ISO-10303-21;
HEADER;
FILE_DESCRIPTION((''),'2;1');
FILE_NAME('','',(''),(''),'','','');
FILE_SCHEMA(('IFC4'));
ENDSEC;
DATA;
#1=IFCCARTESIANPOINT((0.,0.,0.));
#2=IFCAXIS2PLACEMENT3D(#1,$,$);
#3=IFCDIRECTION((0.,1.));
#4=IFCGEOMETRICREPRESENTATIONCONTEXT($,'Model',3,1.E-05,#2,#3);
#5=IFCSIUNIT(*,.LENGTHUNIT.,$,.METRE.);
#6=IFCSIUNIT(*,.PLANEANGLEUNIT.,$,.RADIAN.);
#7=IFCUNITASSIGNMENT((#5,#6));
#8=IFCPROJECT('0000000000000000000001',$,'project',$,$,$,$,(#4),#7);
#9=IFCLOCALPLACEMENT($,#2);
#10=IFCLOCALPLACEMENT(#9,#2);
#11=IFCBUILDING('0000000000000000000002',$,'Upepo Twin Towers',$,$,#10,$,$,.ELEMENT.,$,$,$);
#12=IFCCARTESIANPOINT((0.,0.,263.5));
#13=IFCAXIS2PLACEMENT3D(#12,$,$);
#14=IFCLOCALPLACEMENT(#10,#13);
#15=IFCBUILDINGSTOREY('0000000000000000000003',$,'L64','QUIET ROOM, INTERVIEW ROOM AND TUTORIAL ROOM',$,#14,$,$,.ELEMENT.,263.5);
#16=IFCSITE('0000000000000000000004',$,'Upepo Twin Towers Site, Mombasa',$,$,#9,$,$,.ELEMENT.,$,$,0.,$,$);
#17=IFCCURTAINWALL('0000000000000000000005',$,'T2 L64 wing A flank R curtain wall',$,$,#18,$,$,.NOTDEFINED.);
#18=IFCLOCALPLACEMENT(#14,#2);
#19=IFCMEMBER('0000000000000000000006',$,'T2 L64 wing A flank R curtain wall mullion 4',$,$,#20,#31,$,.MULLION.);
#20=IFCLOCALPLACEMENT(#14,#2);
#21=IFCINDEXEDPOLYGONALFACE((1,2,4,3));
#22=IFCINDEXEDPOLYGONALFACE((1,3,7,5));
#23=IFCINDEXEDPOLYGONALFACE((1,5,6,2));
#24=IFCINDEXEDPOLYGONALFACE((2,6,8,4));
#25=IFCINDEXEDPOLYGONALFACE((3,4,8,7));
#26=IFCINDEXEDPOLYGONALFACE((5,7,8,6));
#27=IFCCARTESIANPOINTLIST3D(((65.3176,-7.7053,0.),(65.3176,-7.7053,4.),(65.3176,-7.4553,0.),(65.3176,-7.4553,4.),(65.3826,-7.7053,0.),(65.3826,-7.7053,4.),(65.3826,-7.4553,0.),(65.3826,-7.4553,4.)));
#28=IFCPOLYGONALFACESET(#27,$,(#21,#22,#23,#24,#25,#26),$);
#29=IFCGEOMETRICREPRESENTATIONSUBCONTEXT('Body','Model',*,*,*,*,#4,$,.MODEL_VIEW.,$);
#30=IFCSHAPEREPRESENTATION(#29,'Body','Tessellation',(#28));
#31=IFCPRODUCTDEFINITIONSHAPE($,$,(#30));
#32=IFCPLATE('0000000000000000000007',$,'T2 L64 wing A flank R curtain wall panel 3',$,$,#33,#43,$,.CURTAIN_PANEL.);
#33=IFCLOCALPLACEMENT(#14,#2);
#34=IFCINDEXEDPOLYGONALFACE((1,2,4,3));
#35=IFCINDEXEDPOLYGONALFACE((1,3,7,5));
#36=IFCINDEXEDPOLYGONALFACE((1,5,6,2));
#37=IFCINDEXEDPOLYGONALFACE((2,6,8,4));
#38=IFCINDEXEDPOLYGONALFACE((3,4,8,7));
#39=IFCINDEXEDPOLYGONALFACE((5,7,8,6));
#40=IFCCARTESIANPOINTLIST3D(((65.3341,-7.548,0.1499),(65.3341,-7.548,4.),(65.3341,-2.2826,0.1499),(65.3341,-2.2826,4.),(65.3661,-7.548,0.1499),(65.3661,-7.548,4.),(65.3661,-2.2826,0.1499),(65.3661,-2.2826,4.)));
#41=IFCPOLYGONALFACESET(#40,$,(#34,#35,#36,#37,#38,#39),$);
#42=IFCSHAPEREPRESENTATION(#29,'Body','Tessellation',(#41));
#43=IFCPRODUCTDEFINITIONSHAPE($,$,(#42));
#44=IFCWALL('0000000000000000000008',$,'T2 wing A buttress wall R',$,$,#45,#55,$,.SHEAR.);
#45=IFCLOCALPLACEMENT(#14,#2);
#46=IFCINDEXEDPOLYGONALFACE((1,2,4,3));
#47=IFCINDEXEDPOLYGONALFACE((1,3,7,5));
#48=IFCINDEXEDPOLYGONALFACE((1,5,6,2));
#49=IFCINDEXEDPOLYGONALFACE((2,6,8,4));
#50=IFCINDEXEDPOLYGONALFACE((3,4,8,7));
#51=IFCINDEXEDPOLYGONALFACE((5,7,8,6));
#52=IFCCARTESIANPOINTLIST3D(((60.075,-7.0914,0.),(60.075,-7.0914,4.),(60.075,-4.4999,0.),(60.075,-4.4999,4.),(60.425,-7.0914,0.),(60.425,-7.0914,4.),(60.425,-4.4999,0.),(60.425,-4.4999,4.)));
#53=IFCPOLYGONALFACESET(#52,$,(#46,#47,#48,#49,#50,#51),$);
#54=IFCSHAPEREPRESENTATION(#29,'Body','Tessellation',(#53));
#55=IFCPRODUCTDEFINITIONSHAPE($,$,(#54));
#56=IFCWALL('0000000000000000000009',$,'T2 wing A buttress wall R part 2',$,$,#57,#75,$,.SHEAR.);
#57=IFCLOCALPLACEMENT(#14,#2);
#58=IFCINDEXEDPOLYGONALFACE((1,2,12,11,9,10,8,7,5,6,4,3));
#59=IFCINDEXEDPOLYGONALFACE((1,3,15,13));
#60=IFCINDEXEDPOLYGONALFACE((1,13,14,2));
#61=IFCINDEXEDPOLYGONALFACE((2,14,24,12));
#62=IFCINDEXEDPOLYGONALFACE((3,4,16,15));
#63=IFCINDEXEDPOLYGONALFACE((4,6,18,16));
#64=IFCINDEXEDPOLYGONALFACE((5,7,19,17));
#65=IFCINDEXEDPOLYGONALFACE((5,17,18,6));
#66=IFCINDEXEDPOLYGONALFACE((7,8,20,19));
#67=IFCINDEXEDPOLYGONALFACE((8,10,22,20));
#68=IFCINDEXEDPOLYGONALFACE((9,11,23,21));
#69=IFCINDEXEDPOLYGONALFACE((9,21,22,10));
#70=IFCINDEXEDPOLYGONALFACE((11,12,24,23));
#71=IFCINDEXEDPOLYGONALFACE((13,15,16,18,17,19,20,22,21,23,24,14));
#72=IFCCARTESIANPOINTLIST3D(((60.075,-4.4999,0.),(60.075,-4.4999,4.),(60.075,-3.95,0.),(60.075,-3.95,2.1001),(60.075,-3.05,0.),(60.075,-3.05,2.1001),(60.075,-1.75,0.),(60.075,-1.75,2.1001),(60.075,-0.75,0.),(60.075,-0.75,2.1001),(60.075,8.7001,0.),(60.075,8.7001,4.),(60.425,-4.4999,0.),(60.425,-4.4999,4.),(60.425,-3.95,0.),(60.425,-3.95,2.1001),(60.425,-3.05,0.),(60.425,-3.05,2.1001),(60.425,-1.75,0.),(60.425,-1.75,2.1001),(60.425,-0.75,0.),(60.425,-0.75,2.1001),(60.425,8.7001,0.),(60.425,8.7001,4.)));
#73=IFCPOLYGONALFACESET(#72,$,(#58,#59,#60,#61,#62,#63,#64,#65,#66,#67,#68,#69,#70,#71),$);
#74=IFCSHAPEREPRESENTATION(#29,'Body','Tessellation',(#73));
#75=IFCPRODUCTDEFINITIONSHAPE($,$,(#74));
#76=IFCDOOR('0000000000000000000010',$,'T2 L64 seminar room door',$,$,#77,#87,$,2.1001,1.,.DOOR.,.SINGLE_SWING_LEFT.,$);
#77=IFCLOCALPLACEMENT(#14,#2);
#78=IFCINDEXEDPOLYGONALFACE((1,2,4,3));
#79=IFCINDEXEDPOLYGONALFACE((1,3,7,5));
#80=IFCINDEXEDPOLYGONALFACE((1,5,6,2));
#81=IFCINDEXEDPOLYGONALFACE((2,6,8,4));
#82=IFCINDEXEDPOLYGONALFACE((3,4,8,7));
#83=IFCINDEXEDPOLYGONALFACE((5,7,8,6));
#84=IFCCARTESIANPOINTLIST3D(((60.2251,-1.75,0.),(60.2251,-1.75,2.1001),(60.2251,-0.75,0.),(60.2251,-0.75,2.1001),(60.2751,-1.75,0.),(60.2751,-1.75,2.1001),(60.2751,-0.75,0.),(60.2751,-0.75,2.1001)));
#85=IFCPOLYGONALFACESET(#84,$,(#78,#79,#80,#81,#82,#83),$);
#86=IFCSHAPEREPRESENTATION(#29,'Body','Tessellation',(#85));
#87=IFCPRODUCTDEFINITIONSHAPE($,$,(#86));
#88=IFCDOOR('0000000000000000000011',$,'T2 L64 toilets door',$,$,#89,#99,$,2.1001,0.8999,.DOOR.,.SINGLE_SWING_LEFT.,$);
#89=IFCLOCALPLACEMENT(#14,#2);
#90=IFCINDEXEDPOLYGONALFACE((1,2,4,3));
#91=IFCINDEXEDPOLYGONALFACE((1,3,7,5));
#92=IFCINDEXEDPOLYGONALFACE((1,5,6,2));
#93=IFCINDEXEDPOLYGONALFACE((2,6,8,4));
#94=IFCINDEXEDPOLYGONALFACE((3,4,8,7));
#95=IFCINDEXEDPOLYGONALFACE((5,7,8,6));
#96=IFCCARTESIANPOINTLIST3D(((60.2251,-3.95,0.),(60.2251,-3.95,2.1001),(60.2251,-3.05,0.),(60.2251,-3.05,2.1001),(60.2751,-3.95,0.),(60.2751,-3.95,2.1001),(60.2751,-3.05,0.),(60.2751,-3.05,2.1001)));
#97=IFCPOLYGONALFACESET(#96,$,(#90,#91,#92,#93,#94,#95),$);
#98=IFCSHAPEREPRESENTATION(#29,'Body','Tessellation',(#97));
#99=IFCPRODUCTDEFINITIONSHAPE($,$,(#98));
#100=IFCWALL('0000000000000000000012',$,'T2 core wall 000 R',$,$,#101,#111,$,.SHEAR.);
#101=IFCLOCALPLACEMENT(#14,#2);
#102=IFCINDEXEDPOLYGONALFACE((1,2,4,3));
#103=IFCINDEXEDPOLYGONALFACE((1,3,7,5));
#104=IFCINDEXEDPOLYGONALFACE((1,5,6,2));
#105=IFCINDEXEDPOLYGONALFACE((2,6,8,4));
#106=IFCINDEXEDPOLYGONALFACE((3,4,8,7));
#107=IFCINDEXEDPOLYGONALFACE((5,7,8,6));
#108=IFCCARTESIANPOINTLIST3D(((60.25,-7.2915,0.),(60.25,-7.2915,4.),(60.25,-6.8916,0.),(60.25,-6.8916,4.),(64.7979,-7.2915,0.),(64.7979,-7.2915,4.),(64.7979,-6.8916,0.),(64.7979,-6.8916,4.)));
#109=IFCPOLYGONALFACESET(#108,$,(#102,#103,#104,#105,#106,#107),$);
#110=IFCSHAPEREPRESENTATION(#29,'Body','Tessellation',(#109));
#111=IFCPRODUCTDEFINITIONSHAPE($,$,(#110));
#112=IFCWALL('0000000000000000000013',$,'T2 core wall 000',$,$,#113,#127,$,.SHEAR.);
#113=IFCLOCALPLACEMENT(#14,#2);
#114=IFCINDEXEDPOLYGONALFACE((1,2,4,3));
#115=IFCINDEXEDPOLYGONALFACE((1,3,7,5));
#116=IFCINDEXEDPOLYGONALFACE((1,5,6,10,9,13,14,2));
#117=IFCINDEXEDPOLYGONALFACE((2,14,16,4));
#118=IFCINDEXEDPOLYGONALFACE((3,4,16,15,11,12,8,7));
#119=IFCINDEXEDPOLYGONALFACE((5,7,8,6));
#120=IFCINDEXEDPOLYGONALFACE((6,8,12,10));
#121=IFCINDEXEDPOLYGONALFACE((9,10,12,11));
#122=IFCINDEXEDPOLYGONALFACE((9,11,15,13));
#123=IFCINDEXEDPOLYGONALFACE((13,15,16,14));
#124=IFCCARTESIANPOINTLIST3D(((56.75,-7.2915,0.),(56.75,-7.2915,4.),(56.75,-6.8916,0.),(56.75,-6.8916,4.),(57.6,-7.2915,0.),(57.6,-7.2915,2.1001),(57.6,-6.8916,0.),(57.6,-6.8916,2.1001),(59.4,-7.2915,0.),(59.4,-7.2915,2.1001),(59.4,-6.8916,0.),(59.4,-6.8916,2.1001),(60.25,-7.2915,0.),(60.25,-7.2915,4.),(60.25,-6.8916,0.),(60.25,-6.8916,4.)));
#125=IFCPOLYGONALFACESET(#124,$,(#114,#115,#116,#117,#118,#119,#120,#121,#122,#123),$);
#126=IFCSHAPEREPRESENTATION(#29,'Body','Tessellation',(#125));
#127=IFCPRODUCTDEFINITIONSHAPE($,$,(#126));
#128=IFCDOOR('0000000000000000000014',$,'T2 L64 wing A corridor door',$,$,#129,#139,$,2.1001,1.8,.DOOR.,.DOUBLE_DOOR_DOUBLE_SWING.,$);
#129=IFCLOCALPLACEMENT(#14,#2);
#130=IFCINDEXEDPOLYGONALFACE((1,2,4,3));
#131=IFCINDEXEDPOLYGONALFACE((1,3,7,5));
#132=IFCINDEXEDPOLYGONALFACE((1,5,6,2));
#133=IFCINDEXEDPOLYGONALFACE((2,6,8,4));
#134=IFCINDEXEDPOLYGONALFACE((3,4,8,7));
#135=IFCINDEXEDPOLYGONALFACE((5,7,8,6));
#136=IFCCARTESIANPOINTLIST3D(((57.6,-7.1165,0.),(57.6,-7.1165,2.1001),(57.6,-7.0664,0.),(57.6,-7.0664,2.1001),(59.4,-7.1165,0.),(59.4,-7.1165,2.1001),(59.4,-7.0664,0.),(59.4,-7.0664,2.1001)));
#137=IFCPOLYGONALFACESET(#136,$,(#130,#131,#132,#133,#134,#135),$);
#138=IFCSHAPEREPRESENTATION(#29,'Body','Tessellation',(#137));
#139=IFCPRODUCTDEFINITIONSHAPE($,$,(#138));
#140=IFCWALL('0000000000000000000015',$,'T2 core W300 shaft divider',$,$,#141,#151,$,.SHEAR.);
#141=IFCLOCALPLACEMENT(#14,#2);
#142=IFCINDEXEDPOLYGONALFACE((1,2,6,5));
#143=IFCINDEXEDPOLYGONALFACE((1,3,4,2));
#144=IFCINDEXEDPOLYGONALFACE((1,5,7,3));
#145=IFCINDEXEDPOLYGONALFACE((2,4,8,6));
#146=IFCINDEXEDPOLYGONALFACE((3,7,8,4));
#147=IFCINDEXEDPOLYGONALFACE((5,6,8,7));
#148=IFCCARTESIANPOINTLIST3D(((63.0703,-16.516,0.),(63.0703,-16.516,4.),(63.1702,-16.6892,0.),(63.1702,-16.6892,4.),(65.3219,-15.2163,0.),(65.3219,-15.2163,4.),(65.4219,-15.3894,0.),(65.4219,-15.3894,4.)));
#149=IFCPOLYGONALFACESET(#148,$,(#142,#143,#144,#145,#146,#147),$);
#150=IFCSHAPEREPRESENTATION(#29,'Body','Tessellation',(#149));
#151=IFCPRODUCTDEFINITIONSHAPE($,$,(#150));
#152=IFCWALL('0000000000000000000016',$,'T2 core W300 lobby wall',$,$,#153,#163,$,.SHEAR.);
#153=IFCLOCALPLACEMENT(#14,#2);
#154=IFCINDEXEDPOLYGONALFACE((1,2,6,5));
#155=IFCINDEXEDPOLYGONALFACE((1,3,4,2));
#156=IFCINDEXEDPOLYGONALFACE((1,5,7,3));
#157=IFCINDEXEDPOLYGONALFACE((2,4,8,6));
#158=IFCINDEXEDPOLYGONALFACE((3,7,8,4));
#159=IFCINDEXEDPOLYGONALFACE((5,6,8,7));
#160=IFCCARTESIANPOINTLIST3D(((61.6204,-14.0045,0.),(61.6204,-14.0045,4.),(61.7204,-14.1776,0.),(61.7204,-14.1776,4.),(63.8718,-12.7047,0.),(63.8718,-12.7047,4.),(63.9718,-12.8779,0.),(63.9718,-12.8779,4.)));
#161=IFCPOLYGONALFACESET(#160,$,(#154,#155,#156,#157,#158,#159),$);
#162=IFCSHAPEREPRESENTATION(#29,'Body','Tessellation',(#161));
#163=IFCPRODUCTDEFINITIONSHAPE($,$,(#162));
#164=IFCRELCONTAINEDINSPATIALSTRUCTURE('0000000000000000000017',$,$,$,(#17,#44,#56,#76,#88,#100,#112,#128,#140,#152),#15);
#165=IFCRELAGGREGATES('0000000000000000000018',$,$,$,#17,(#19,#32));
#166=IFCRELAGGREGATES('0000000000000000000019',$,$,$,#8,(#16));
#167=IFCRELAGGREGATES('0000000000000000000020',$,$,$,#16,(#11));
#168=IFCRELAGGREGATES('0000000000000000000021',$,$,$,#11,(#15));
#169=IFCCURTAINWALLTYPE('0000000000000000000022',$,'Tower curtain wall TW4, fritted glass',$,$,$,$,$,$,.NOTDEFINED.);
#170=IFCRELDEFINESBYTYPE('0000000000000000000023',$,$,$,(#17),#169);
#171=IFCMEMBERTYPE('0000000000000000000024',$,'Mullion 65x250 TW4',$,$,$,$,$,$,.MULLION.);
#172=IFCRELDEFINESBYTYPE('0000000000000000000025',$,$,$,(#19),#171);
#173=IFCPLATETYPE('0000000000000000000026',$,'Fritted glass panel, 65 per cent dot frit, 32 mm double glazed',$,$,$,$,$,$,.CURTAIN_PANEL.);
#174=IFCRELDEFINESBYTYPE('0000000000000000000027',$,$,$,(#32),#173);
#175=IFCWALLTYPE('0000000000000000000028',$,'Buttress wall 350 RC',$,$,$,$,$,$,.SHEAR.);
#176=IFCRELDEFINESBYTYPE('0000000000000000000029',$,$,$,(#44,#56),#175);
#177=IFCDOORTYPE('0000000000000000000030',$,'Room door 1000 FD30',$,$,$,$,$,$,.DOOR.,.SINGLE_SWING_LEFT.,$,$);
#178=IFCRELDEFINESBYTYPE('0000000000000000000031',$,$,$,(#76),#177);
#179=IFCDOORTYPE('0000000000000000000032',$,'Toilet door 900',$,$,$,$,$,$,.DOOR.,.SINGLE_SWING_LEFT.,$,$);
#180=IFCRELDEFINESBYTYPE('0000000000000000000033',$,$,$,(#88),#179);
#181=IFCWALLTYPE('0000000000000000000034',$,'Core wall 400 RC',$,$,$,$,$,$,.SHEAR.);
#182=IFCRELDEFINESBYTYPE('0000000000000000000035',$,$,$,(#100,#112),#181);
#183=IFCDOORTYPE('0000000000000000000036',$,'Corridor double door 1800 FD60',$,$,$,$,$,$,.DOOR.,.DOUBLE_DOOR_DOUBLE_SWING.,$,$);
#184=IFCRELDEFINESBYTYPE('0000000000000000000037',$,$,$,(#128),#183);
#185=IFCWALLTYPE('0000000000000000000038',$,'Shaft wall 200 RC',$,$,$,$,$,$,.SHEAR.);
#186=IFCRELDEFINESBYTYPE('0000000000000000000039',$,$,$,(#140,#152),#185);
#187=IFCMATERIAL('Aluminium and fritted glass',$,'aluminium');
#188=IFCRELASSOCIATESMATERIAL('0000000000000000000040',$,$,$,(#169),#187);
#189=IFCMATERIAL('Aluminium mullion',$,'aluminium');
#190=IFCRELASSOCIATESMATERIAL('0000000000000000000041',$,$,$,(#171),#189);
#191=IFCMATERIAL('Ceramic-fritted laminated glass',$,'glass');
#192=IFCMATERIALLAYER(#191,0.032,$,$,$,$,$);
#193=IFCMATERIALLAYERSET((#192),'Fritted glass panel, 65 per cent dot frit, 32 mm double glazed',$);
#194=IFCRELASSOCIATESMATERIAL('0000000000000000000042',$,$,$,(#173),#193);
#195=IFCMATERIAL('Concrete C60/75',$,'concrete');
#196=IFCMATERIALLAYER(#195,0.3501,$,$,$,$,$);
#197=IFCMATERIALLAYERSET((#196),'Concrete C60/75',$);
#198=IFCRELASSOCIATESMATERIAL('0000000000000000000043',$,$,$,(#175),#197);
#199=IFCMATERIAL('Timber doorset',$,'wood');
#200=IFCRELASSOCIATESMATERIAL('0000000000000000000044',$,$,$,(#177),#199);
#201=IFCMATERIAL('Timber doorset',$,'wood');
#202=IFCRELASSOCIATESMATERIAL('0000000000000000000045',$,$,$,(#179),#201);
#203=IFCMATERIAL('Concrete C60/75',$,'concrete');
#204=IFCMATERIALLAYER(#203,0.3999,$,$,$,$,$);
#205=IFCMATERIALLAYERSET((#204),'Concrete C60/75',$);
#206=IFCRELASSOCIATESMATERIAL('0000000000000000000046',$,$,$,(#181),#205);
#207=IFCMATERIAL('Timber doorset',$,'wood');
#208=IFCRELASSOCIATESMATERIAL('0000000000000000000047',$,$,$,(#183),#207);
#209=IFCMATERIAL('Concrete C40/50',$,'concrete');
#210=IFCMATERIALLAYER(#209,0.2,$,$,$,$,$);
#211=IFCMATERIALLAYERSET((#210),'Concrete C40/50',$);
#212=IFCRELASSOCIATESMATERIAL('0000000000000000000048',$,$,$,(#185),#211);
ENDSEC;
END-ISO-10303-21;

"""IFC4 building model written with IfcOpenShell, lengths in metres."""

from ifc_helpers import new_model, si_unit, direction, frame, frame_2d, origin, origin_2d, place, context, subcontext, project, spatial, rectangle, extrude, material, layer, layer_set, material_profile, profile_set, type_object, element, fill, aggregate, save


model = new_model("IFC4")

# Units and contexts
model_context = context("Model", 3, precision=1e-05, world=origin(), true_north=direction((0.0, 1.0)))
body_context = subcontext(model_context, "Body", "Model", "MODEL_VIEW")
ifc_project = project(units=[si_unit("LENGTHUNIT", "METRE"), si_unit("PLANEANGLEUNIT", "RADIAN")], contexts=[model_context])

# Site, building, storey
site_placement = place(None, origin())
site = spatial("IfcSite", under=ifc_project, at=site_placement, Name="Upepo Twin Towers Site, Mombasa", CompositionType="ELEMENT", RefElevation=0.0)
building_placement = place(site_placement, origin())
building = spatial("IfcBuilding", under=site, at=building_placement, Name="Upepo Twin Towers", CompositionType="ELEMENT")
storey_placement = place(building_placement, frame((0.0, 0.0, 263.5)))
storey = spatial("IfcBuildingStorey", under=building, at=storey_placement, Name="L64", Description="QUIET ROOM, INTERVIEW ROOM AND TUTORIAL ROOM", CompositionType="ELEMENT", Elevation=263.5)

# Curtain wall, member, plate
ifc_material_1 = material(Name="Aluminium and fritted glass", Category="aluminium")
curtain_wall_type = type_object("IfcCurtainWallType", Name="Tower curtain wall TW4, fritted glass", PredefinedType="NOTDEFINED", material=ifc_material_1)
curtain_wall_placement = place(storey_placement, origin())
curtain_wall = element("IfcCurtainWall", 1, at=curtain_wall_placement, inside=storey, type_object=curtain_wall_type, Name="T2 L64 wing A flank R curtain wall", PredefinedType="NOTDEFINED")
ifc_material_2 = material(Name="Aluminium mullion", Category="aluminium")
ifc_material_profile = material_profile(ifc_material_2, rectangle(XDim=0.0649, YDim=0.25, at=origin_2d()), Name="MULLION 65x250")
ifc_profile_set = profile_set([ifc_material_profile], Name="Aluminium mullion")
member_type = type_object("IfcMemberType", Name="Mullion 65x250 TW4", PredefinedType="MULLION", material=ifc_profile_set)
member_placement = place(storey_placement, frame((65.3501, -7.5803, 0.0), z_axis=(0.0, 0.0, 1.0), x_axis=(1.0, 0.0, 0.0)))
member = element("IfcMember", 2, at=member_placement, type_object=member_type, Name="T2 L64 wing A flank R curtain wall mullion 4", PredefinedType="MULLION", context=body_context, shape_type="SweptSolid", body=[
    extrude(rectangle(XDim=0.0649, YDim=0.25, at=origin_2d()), origin(), (0.0, 0.0, 1.0), 4.0),
])
ifc_material_3 = material(Name="Ceramic-fritted laminated glass", Category="glass")
ifc_layer_1 = layer(ifc_material_3, 0.032)
ifc_layer_set_1 = layer_set([ifc_layer_1], Name="Fritted glass panel, 65 per cent dot frit, 32 mm double glazed")
plate_type = type_object("IfcPlateType", Name="Fritted glass panel, 65 per cent dot frit, 32 mm double glazed", PredefinedType="CURTAIN_PANEL", material=ifc_layer_set_1)
plate_placement = place(storey_placement, frame((65.3501, -4.9153, 0.1499), z_axis=(0.0, 0.0, 1.0), x_axis=(0.0, -1.0, 0.0)))
plate = element("IfcPlate", 3, at=plate_placement, type_object=plate_type, Name="T2 L64 wing A flank R curtain wall panel 3", PredefinedType="CURTAIN_PANEL", context=body_context, shape_type="SweptSolid", body=[
    extrude(rectangle(XDim=5.2654, YDim=0.032, at=origin_2d()), origin(), (0.0, 0.0, 1.0), 3.8501),
])
aggregate(curtain_wall, [member, plate])

# Wall
ifc_material_4 = material(Name="Concrete C60/75", Category="concrete")
ifc_layer_2 = layer(ifc_material_4, 0.3501)
ifc_layer_set_2 = layer_set([ifc_layer_2], Name="Concrete C60/75")
wall_type_1 = type_object("IfcWallType", Name="Buttress wall 350 RC", PredefinedType="SHEAR", material=ifc_layer_set_2)
wall_1_placement = place(storey_placement, frame((60.25, -7.0916, 0.0), z_axis=(0.0, 0.0, 1.0), x_axis=(0.0, 1.0, 0.0)))
element("IfcWall", 4, at=wall_1_placement, inside=storey, type_object=wall_type_1, Name="T2 wing A buttress wall R", PredefinedType="SHEAR", context=body_context, shape_type="SweptSolid", body=[
    extrude(rectangle(XDim=2.5916, YDim=0.3501, at=frame_2d((1.2959, 0.0))), origin(), (0.0, 0.0, 1.0), 4.0),
])

# Wall, openings, doors
wall_2_placement = place(storey_placement, frame((60.25, -4.5, 0.0), z_axis=(0.0, 0.0, 1.0), x_axis=(0.0, 1.0, 0.0)))
wall_2 = element("IfcWall", 5, at=wall_2_placement, inside=storey, type_object=wall_type_1, Name="T2 wing A buttress wall R part 2", PredefinedType="SHEAR", context=body_context, shape_type="SweptSolid", body=[
    extrude(rectangle(XDim=13.2, YDim=0.3501, at=frame_2d((6.6001, 0.0))), origin(), (0.0, 0.0, 1.0), 4.0),
])
opening_1_placement = place(wall_2_placement, frame((0.55, 0.0, 0.0)))
opening_1 = element("IfcOpeningElement", 6, at=opening_1_placement, cuts=wall_2, PredefinedType="OPENING", context=body_context, shape_type="SweptSolid", body=[
    extrude(rectangle(XDim=0.8999, YDim=2.1001, at=frame_2d((0.45, 1.05))), frame((0.0, 0.1851, 0.0), z_axis=(0.0, -1.0, 0.0), x_axis=(1.0, 0.0, 0.0)), (0.0, 0.0, 1.0), 0.3701),
])
opening_2_placement = place(wall_2_placement, frame((2.75, 0.0, 0.0)))
opening_2 = element("IfcOpeningElement", 7, at=opening_2_placement, cuts=wall_2, PredefinedType="OPENING", context=body_context, shape_type="SweptSolid", body=[
    extrude(rectangle(XDim=1.0, YDim=2.1001, at=frame_2d((0.5, 1.05))), frame((0.0, 0.1851, 0.0), z_axis=(0.0, -1.0, 0.0), x_axis=(1.0, 0.0, 0.0)), (0.0, 0.0, 1.0), 0.3701),
])
ifc_material_5 = material(Name="Timber doorset", Category="wood")
door_type_1 = type_object("IfcDoorType", Name="Room door 1000 FD30", OperationType="SINGLE_SWING_LEFT", PredefinedType="DOOR", material=ifc_material_5)
door_1_placement = place(opening_2_placement, origin())
door_1 = element("IfcDoor", 8, at=door_1_placement, inside=storey, type_object=door_type_1, Name="T2 L64 seminar room door", OperationType="SINGLE_SWING_LEFT", OverallHeight=2.1001, OverallWidth=1.0, PredefinedType="DOOR", context=body_context, shape_type="SweptSolid", body=[
    extrude(rectangle(XDim=1.0, YDim=2.1001, at=frame_2d((0.5, 1.05))), frame((0.0, 0.0249, 0.0), z_axis=(0.0, -1.0, 0.0), x_axis=(1.0, 0.0, 0.0)), (0.0, 0.0, 1.0), 0.05),
])
fill(opening_2, door_1)
ifc_material_6 = material(Name="Timber doorset", Category="wood")
door_type_2 = type_object("IfcDoorType", Name="Toilet door 900", OperationType="SINGLE_SWING_LEFT", PredefinedType="DOOR", material=ifc_material_6)
door_2_placement = place(opening_1_placement, origin())
door_2 = element("IfcDoor", 9, at=door_2_placement, inside=storey, type_object=door_type_2, Name="T2 L64 toilets door", OperationType="SINGLE_SWING_LEFT", OverallHeight=2.1001, OverallWidth=0.8999, PredefinedType="DOOR", context=body_context, shape_type="SweptSolid", body=[
    extrude(rectangle(XDim=0.8999, YDim=2.1001, at=frame_2d((0.45, 1.05))), frame((0.0, 0.0249, 0.0), z_axis=(0.0, -1.0, 0.0), x_axis=(1.0, 0.0, 0.0)), (0.0, 0.0, 1.0), 0.05),
])
fill(opening_1, door_2)

# Wall
ifc_material_7 = material(Name="Concrete C60/75", Category="concrete")
ifc_layer_3 = layer(ifc_material_7, 0.3999)
ifc_layer_set_3 = layer_set([ifc_layer_3], Name="Concrete C60/75")
wall_type_2 = type_object("IfcWallType", Name="Core wall 400 RC", PredefinedType="SHEAR", material=ifc_layer_set_3)
wall_3_placement = place(storey_placement, frame((64.7979, -7.0916, 0.0), z_axis=(0.0, 0.0, 1.0), x_axis=(-1.0, 0.0, 0.0)))
element("IfcWall", 10, at=wall_3_placement, inside=storey, type_object=wall_type_2, Name="T2 core wall 000 R", PredefinedType="SHEAR", context=body_context, shape_type="SweptSolid", body=[
    extrude(rectangle(XDim=4.5479, YDim=0.3999, at=frame_2d((2.2739, 0.0))), origin(), (0.0, 0.0, 1.0), 4.0),
])

# Wall, opening, door
wall_4_placement = place(storey_placement, frame((60.25, -7.0916, 0.0), z_axis=(0.0, 0.0, 1.0), x_axis=(-1.0, 0.0, 0.0)))
wall_4 = element("IfcWall", 11, at=wall_4_placement, inside=storey, type_object=wall_type_2, Name="T2 core wall 000", PredefinedType="SHEAR", context=body_context, shape_type="SweptSolid", body=[
    extrude(rectangle(XDim=3.5, YDim=0.3999, at=frame_2d((1.75, 0.0))), origin(), (0.0, 0.0, 1.0), 4.0),
])
opening_3_placement = place(wall_4_placement, frame((0.8501, 0.0, 0.0)))
opening_3 = element("IfcOpeningElement", 12, at=opening_3_placement, cuts=wall_4, PredefinedType="OPENING", context=body_context, shape_type="SweptSolid", body=[
    extrude(rectangle(XDim=1.8, YDim=2.1001, at=frame_2d((0.8999, 1.05))), frame((0.0, 0.21, 0.0), z_axis=(0.0, -1.0, 0.0), x_axis=(1.0, 0.0, 0.0)), (0.0, 0.0, 1.0), 0.4199),
])
ifc_material_8 = material(Name="Timber doorset", Category="wood")
door_type_3 = type_object("IfcDoorType", Name="Corridor double door 1800 FD60", OperationType="DOUBLE_DOOR_DOUBLE_SWING", PredefinedType="DOOR", material=ifc_material_8)
door_3_placement = place(opening_3_placement, origin())
door_3 = element("IfcDoor", 13, at=door_3_placement, inside=storey, type_object=door_type_3, Name="T2 L64 wing A corridor door", OperationType="DOUBLE_DOOR_DOUBLE_SWING", OverallHeight=2.1001, OverallWidth=1.8, PredefinedType="DOOR", context=body_context, shape_type="SweptSolid", body=[
    extrude(rectangle(XDim=1.8, YDim=2.1001, at=frame_2d((0.8999, 1.05))), frame((0.0, 0.0249, 0.0), z_axis=(0.0, -1.0, 0.0), x_axis=(1.0, 0.0, 0.0)), (0.0, 0.0, 1.0), 0.05),
])
fill(opening_3, door_3)

# Walls
ifc_material_9 = material(Name="Concrete C40/50", Category="concrete")
ifc_layer_4 = layer(ifc_material_9, 0.2)
ifc_layer_set_4 = layer_set([ifc_layer_4], Name="Concrete C40/50")
wall_type_3 = type_object("IfcWallType", Name="Shaft wall 200 RC", PredefinedType="SHEAR", material=ifc_layer_set_4)
wall_5_placement = place(storey_placement, frame((63.1204, -16.6025, 0.0), z_axis=(0.0, 0.0, 1.0), x_axis=(0.866062, 0.499937, 0.0)))
element("IfcWall", 14, at=wall_5_placement, inside=storey, type_object=wall_type_3, Name="T2 core W300 shaft divider", PredefinedType="SHEAR", context=body_context, shape_type="SweptSolid", body=[
    extrude(rectangle(XDim=2.5999, YDim=0.2, at=frame_2d((1.2998, 0.0))), origin(), (0.0, 0.0, 1.0), 4.0),
])
wall_6_placement = place(storey_placement, frame((61.6704, -14.0911, 0.0), z_axis=(0.0, 0.0, 1.0), x_axis=(0.866039, 0.499977, 0.0)))
element("IfcWall", 15, at=wall_6_placement, inside=storey, type_object=wall_type_3, Name="T2 core W300 lobby wall", PredefinedType="SHEAR", context=body_context, shape_type="SweptSolid", body=[
    extrude(rectangle(XDim=2.5996, YDim=0.2, at=frame_2d((1.2998, 0.0))), origin(), (0.0, 0.0, 1.0), 4.0),
])

save(model, "model.ifc")
